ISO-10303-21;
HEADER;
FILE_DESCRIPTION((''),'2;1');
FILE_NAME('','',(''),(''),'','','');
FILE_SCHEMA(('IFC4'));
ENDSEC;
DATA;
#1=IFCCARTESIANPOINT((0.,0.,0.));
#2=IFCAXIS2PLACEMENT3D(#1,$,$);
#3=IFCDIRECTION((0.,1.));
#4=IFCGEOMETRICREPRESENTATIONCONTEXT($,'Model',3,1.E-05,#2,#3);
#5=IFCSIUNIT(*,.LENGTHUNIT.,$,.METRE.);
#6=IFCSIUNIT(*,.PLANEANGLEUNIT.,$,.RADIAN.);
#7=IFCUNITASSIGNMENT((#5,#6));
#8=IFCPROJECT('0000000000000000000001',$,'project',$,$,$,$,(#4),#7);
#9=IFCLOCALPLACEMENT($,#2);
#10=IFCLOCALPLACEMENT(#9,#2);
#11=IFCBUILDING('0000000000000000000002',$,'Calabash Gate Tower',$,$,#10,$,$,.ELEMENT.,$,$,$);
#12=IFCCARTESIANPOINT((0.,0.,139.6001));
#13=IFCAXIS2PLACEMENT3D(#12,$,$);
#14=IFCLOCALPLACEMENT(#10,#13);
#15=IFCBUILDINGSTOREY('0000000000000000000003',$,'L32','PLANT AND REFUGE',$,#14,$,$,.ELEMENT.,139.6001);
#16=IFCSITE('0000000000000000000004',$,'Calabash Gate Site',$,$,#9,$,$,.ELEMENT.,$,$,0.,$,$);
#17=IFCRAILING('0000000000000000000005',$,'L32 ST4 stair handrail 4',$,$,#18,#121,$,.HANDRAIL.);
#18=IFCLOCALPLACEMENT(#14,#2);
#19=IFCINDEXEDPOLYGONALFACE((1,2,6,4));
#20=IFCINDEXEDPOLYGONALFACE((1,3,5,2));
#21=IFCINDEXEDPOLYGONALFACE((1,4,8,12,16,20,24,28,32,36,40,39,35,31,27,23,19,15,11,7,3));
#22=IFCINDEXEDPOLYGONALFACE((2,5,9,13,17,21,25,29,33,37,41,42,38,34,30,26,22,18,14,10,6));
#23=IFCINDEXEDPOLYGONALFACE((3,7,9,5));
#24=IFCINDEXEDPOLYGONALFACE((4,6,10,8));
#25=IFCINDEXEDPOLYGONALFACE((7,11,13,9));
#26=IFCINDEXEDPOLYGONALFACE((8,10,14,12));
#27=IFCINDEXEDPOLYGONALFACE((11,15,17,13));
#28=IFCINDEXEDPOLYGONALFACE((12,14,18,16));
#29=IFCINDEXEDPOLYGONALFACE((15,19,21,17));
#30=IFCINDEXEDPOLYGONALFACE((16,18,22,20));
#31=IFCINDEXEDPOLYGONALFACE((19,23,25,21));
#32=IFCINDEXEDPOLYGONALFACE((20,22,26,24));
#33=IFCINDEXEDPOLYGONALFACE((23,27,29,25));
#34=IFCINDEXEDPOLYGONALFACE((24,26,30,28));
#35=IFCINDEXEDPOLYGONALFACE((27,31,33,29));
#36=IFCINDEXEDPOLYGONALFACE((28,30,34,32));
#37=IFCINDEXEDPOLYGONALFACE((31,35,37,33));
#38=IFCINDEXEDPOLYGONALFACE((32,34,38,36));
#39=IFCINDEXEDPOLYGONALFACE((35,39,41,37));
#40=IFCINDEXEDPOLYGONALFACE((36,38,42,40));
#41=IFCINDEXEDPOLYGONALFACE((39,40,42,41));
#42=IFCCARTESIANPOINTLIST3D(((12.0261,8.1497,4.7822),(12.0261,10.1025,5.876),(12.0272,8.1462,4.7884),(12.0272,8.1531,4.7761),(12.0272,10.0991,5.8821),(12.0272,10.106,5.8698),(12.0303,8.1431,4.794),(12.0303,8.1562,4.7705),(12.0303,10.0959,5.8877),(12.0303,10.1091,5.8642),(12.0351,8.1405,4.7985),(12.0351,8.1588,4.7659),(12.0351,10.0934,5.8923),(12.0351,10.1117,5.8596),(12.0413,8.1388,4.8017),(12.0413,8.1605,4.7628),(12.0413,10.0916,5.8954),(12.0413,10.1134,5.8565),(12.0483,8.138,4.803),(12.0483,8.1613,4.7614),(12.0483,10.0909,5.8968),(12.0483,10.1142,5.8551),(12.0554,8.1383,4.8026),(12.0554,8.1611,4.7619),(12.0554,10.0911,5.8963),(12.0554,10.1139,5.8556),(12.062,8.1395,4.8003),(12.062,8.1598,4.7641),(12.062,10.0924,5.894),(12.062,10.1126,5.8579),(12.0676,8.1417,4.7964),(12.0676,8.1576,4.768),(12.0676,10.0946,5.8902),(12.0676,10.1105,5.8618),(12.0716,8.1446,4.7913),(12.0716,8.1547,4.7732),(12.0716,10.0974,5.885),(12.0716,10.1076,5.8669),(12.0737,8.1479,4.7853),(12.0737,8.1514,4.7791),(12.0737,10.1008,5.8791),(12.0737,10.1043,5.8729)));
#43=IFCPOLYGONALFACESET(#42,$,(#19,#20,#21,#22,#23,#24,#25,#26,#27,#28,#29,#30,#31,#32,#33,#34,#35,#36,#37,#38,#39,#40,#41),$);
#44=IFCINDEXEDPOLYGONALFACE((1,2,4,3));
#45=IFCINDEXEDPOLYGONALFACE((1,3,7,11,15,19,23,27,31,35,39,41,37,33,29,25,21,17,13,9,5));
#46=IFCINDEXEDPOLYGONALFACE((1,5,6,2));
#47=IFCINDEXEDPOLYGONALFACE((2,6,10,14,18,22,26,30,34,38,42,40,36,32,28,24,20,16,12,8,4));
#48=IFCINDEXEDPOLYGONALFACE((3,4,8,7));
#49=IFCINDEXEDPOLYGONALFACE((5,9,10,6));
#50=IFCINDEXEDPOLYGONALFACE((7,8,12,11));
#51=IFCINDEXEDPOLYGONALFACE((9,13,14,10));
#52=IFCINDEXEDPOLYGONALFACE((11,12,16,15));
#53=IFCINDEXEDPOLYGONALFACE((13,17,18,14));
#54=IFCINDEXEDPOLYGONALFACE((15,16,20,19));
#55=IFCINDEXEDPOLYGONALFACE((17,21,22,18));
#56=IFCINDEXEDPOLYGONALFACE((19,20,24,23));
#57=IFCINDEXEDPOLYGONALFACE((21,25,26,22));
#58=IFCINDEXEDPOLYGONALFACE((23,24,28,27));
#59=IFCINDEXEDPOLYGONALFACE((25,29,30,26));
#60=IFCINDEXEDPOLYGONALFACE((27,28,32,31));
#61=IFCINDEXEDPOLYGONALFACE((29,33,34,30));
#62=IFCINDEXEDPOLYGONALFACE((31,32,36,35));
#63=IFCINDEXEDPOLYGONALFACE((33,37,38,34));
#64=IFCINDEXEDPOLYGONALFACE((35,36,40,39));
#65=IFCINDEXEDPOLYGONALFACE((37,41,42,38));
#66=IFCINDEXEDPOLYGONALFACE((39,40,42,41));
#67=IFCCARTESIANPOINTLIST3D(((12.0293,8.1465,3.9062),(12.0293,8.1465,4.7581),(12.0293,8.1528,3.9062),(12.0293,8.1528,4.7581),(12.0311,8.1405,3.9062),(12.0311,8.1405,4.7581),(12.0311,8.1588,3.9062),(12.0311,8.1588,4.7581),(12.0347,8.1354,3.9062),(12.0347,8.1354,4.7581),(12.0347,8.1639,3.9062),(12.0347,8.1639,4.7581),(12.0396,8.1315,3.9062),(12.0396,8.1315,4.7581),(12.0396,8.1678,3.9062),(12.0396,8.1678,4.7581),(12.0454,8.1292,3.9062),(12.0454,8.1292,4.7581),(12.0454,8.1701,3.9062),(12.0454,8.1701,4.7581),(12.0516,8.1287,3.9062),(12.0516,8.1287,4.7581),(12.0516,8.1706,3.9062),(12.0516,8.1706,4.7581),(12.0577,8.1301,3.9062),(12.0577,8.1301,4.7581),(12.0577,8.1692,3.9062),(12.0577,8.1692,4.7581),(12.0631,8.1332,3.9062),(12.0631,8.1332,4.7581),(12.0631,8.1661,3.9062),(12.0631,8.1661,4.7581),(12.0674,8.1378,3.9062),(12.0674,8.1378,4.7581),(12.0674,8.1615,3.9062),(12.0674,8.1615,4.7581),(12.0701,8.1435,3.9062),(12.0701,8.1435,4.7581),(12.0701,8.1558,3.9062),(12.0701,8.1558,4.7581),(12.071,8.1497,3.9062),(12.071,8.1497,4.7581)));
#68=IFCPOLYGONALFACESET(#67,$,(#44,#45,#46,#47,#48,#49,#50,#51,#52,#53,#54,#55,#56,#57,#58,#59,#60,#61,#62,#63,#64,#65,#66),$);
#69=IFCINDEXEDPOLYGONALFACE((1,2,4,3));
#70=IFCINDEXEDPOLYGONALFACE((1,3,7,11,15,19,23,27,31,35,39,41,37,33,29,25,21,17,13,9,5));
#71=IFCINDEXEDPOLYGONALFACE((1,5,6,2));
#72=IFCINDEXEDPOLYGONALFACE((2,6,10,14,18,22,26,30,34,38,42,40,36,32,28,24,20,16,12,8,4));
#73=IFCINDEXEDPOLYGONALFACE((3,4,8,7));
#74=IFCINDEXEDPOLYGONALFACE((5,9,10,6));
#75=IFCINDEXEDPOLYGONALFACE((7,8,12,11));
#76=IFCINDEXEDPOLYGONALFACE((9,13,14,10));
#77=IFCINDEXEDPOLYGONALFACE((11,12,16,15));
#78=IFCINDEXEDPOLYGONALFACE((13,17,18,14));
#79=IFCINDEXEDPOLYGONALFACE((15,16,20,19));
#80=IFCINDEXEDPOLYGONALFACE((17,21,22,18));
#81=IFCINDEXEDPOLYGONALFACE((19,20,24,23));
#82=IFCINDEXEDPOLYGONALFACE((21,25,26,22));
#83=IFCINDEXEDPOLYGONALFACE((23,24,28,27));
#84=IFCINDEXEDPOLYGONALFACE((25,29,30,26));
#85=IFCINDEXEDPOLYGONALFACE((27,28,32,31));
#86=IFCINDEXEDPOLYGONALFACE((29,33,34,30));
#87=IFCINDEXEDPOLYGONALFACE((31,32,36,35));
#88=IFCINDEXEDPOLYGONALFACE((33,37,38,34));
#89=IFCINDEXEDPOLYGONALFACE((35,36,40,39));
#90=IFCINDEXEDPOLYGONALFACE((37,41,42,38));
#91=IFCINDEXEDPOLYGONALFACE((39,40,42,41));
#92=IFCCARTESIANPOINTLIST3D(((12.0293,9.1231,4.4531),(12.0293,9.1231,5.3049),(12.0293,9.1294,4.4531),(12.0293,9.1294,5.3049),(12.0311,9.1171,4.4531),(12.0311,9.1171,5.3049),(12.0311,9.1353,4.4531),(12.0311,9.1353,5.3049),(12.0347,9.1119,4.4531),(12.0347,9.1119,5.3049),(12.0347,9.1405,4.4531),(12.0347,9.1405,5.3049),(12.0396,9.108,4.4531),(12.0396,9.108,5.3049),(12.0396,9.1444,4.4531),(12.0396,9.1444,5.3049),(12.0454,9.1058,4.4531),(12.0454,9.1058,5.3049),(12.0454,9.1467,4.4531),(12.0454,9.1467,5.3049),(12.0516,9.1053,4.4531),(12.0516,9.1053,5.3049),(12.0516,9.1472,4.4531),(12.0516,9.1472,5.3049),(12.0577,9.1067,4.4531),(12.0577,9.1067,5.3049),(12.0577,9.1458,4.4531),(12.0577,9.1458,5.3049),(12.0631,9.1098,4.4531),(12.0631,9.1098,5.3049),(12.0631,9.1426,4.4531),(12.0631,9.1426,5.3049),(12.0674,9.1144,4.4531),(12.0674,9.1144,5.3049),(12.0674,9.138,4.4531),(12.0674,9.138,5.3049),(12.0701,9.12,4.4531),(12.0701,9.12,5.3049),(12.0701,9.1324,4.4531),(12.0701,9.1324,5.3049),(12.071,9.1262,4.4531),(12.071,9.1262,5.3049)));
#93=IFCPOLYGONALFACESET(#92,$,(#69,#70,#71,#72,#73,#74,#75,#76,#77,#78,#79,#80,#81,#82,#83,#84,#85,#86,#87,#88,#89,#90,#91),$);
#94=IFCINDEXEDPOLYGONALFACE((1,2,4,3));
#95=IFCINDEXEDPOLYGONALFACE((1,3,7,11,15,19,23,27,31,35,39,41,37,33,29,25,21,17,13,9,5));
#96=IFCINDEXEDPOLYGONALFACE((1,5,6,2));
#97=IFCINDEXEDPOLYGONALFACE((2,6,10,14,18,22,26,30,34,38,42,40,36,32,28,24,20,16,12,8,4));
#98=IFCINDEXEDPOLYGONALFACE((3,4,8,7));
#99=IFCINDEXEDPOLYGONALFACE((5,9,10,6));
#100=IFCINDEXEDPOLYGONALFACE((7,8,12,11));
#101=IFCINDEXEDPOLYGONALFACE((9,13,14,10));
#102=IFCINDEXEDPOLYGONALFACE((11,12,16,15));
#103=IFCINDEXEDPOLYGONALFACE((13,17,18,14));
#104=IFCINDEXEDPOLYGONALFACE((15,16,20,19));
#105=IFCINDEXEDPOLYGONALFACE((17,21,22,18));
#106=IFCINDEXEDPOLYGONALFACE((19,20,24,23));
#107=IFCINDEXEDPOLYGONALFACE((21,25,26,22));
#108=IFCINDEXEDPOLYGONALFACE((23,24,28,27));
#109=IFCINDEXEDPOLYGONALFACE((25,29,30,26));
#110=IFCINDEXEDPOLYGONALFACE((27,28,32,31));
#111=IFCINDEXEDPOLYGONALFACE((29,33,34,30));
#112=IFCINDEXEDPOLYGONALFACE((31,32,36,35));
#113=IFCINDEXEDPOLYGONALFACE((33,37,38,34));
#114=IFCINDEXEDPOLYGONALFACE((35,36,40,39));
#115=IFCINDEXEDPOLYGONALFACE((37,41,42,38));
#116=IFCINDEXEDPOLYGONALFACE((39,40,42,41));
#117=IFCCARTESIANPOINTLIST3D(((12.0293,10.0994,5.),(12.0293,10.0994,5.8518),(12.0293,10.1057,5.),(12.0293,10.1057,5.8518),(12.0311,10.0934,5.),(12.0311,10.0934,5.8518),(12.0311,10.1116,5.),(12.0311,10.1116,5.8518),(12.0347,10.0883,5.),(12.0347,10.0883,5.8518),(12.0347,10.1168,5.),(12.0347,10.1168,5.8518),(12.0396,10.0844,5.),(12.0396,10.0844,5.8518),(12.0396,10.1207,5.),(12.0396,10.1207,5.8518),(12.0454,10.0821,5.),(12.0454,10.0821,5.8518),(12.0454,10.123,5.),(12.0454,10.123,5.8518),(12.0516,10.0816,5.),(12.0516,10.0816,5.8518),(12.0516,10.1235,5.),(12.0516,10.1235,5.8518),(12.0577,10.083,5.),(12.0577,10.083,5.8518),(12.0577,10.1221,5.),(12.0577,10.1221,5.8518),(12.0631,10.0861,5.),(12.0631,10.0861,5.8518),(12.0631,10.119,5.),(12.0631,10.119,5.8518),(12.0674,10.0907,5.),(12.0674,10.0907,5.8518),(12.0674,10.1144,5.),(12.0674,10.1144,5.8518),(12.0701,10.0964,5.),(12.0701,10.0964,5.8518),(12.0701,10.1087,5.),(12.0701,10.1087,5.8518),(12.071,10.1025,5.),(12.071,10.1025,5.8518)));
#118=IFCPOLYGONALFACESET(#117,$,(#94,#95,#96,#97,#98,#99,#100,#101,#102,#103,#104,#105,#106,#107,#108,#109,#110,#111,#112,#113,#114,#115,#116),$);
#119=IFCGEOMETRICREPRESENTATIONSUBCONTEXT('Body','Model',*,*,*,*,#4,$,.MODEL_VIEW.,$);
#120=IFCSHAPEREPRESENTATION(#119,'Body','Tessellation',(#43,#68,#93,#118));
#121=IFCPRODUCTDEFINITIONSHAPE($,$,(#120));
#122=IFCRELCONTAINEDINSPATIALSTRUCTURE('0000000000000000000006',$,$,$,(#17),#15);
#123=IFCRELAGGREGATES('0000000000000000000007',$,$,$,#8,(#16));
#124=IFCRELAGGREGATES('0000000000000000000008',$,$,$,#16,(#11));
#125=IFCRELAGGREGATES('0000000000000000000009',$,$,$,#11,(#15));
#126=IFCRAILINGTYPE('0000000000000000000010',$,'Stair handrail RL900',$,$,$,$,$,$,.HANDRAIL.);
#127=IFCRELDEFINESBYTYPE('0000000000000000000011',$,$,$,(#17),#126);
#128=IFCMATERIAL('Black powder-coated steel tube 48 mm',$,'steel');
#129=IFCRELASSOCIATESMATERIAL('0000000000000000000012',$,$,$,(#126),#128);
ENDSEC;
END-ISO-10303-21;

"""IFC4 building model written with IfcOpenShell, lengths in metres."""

from ifc_helpers import new_model, si_unit, direction, frame, origin, origin_2d, place, context, subcontext, project, spatial, circle, extrude, material, type_object, element, save


model = new_model("IFC4")

# Units and contexts
model_context = context("Model", 3, precision=1e-05, world=origin(), true_north=direction((0.0, 1.0)))
body_context = subcontext(model_context, "Body", "Model", "MODEL_VIEW")
ifc_project = project(units=[si_unit("LENGTHUNIT", "METRE"), si_unit("PLANEANGLEUNIT", "RADIAN")], contexts=[model_context])

# Site, building, storey
site_placement = place(None, origin())
site = spatial("IfcSite", under=ifc_project, at=site_placement, Name="Calabash Gate Site", CompositionType="ELEMENT", RefElevation=0.0)
building_placement = place(site_placement, origin())
building = spatial("IfcBuilding", under=site, at=building_placement, Name="Calabash Gate Tower", CompositionType="ELEMENT")
storey_placement = place(building_placement, frame((0.0, 0.0, 139.6001)))
storey = spatial("IfcBuildingStorey", under=building, at=storey_placement, Name="L32", Description="PLANT AND REFUGE", CompositionType="ELEMENT", Elevation=139.6001)

# Railing
ifc_material_1 = material(Name="Black powder-coated steel tube 48 mm", Category="steel")
railing_type_1 = type_object("IfcRailingType", Name="Stair handrail RL900", PredefinedType="HANDRAIL", material=ifc_material_1)
railing_1_placement = place(storey_placement, frame((12.05, 8.1497, 3.9062)))
element("IfcRailing", 1, at=railing_1_placement, inside=storey, type_object=railing_type_1, Name="L32 ST4 stair handrail 4", PredefinedType="HANDRAIL", context=body_context, shape_type="SweptSolid", body=[
    extrude(circle(Radius=0.0239, at=origin_2d()), frame((0.0, 0.0, 0.876), z_axis=(0.0, 0.87248, 0.48865), x_axis=(-1.0, 0.0, 0.0)), (0.0, 0.0, 1.0), 2.2383),
    extrude(circle(Radius=0.021, at=origin_2d()), origin(), (0.0, 0.0, 1.0), 0.8518),
    extrude(circle(Radius=0.021, at=origin_2d()), frame((0.0, 0.9766, 0.5469)), (0.0, 0.0, 1.0), 0.8518),
    extrude(circle(Radius=0.021, at=origin_2d()), frame((0.0, 1.9529, 1.0938)), (0.0, 0.0, 1.0), 0.8518),
])

save(model, "model.ifc")
